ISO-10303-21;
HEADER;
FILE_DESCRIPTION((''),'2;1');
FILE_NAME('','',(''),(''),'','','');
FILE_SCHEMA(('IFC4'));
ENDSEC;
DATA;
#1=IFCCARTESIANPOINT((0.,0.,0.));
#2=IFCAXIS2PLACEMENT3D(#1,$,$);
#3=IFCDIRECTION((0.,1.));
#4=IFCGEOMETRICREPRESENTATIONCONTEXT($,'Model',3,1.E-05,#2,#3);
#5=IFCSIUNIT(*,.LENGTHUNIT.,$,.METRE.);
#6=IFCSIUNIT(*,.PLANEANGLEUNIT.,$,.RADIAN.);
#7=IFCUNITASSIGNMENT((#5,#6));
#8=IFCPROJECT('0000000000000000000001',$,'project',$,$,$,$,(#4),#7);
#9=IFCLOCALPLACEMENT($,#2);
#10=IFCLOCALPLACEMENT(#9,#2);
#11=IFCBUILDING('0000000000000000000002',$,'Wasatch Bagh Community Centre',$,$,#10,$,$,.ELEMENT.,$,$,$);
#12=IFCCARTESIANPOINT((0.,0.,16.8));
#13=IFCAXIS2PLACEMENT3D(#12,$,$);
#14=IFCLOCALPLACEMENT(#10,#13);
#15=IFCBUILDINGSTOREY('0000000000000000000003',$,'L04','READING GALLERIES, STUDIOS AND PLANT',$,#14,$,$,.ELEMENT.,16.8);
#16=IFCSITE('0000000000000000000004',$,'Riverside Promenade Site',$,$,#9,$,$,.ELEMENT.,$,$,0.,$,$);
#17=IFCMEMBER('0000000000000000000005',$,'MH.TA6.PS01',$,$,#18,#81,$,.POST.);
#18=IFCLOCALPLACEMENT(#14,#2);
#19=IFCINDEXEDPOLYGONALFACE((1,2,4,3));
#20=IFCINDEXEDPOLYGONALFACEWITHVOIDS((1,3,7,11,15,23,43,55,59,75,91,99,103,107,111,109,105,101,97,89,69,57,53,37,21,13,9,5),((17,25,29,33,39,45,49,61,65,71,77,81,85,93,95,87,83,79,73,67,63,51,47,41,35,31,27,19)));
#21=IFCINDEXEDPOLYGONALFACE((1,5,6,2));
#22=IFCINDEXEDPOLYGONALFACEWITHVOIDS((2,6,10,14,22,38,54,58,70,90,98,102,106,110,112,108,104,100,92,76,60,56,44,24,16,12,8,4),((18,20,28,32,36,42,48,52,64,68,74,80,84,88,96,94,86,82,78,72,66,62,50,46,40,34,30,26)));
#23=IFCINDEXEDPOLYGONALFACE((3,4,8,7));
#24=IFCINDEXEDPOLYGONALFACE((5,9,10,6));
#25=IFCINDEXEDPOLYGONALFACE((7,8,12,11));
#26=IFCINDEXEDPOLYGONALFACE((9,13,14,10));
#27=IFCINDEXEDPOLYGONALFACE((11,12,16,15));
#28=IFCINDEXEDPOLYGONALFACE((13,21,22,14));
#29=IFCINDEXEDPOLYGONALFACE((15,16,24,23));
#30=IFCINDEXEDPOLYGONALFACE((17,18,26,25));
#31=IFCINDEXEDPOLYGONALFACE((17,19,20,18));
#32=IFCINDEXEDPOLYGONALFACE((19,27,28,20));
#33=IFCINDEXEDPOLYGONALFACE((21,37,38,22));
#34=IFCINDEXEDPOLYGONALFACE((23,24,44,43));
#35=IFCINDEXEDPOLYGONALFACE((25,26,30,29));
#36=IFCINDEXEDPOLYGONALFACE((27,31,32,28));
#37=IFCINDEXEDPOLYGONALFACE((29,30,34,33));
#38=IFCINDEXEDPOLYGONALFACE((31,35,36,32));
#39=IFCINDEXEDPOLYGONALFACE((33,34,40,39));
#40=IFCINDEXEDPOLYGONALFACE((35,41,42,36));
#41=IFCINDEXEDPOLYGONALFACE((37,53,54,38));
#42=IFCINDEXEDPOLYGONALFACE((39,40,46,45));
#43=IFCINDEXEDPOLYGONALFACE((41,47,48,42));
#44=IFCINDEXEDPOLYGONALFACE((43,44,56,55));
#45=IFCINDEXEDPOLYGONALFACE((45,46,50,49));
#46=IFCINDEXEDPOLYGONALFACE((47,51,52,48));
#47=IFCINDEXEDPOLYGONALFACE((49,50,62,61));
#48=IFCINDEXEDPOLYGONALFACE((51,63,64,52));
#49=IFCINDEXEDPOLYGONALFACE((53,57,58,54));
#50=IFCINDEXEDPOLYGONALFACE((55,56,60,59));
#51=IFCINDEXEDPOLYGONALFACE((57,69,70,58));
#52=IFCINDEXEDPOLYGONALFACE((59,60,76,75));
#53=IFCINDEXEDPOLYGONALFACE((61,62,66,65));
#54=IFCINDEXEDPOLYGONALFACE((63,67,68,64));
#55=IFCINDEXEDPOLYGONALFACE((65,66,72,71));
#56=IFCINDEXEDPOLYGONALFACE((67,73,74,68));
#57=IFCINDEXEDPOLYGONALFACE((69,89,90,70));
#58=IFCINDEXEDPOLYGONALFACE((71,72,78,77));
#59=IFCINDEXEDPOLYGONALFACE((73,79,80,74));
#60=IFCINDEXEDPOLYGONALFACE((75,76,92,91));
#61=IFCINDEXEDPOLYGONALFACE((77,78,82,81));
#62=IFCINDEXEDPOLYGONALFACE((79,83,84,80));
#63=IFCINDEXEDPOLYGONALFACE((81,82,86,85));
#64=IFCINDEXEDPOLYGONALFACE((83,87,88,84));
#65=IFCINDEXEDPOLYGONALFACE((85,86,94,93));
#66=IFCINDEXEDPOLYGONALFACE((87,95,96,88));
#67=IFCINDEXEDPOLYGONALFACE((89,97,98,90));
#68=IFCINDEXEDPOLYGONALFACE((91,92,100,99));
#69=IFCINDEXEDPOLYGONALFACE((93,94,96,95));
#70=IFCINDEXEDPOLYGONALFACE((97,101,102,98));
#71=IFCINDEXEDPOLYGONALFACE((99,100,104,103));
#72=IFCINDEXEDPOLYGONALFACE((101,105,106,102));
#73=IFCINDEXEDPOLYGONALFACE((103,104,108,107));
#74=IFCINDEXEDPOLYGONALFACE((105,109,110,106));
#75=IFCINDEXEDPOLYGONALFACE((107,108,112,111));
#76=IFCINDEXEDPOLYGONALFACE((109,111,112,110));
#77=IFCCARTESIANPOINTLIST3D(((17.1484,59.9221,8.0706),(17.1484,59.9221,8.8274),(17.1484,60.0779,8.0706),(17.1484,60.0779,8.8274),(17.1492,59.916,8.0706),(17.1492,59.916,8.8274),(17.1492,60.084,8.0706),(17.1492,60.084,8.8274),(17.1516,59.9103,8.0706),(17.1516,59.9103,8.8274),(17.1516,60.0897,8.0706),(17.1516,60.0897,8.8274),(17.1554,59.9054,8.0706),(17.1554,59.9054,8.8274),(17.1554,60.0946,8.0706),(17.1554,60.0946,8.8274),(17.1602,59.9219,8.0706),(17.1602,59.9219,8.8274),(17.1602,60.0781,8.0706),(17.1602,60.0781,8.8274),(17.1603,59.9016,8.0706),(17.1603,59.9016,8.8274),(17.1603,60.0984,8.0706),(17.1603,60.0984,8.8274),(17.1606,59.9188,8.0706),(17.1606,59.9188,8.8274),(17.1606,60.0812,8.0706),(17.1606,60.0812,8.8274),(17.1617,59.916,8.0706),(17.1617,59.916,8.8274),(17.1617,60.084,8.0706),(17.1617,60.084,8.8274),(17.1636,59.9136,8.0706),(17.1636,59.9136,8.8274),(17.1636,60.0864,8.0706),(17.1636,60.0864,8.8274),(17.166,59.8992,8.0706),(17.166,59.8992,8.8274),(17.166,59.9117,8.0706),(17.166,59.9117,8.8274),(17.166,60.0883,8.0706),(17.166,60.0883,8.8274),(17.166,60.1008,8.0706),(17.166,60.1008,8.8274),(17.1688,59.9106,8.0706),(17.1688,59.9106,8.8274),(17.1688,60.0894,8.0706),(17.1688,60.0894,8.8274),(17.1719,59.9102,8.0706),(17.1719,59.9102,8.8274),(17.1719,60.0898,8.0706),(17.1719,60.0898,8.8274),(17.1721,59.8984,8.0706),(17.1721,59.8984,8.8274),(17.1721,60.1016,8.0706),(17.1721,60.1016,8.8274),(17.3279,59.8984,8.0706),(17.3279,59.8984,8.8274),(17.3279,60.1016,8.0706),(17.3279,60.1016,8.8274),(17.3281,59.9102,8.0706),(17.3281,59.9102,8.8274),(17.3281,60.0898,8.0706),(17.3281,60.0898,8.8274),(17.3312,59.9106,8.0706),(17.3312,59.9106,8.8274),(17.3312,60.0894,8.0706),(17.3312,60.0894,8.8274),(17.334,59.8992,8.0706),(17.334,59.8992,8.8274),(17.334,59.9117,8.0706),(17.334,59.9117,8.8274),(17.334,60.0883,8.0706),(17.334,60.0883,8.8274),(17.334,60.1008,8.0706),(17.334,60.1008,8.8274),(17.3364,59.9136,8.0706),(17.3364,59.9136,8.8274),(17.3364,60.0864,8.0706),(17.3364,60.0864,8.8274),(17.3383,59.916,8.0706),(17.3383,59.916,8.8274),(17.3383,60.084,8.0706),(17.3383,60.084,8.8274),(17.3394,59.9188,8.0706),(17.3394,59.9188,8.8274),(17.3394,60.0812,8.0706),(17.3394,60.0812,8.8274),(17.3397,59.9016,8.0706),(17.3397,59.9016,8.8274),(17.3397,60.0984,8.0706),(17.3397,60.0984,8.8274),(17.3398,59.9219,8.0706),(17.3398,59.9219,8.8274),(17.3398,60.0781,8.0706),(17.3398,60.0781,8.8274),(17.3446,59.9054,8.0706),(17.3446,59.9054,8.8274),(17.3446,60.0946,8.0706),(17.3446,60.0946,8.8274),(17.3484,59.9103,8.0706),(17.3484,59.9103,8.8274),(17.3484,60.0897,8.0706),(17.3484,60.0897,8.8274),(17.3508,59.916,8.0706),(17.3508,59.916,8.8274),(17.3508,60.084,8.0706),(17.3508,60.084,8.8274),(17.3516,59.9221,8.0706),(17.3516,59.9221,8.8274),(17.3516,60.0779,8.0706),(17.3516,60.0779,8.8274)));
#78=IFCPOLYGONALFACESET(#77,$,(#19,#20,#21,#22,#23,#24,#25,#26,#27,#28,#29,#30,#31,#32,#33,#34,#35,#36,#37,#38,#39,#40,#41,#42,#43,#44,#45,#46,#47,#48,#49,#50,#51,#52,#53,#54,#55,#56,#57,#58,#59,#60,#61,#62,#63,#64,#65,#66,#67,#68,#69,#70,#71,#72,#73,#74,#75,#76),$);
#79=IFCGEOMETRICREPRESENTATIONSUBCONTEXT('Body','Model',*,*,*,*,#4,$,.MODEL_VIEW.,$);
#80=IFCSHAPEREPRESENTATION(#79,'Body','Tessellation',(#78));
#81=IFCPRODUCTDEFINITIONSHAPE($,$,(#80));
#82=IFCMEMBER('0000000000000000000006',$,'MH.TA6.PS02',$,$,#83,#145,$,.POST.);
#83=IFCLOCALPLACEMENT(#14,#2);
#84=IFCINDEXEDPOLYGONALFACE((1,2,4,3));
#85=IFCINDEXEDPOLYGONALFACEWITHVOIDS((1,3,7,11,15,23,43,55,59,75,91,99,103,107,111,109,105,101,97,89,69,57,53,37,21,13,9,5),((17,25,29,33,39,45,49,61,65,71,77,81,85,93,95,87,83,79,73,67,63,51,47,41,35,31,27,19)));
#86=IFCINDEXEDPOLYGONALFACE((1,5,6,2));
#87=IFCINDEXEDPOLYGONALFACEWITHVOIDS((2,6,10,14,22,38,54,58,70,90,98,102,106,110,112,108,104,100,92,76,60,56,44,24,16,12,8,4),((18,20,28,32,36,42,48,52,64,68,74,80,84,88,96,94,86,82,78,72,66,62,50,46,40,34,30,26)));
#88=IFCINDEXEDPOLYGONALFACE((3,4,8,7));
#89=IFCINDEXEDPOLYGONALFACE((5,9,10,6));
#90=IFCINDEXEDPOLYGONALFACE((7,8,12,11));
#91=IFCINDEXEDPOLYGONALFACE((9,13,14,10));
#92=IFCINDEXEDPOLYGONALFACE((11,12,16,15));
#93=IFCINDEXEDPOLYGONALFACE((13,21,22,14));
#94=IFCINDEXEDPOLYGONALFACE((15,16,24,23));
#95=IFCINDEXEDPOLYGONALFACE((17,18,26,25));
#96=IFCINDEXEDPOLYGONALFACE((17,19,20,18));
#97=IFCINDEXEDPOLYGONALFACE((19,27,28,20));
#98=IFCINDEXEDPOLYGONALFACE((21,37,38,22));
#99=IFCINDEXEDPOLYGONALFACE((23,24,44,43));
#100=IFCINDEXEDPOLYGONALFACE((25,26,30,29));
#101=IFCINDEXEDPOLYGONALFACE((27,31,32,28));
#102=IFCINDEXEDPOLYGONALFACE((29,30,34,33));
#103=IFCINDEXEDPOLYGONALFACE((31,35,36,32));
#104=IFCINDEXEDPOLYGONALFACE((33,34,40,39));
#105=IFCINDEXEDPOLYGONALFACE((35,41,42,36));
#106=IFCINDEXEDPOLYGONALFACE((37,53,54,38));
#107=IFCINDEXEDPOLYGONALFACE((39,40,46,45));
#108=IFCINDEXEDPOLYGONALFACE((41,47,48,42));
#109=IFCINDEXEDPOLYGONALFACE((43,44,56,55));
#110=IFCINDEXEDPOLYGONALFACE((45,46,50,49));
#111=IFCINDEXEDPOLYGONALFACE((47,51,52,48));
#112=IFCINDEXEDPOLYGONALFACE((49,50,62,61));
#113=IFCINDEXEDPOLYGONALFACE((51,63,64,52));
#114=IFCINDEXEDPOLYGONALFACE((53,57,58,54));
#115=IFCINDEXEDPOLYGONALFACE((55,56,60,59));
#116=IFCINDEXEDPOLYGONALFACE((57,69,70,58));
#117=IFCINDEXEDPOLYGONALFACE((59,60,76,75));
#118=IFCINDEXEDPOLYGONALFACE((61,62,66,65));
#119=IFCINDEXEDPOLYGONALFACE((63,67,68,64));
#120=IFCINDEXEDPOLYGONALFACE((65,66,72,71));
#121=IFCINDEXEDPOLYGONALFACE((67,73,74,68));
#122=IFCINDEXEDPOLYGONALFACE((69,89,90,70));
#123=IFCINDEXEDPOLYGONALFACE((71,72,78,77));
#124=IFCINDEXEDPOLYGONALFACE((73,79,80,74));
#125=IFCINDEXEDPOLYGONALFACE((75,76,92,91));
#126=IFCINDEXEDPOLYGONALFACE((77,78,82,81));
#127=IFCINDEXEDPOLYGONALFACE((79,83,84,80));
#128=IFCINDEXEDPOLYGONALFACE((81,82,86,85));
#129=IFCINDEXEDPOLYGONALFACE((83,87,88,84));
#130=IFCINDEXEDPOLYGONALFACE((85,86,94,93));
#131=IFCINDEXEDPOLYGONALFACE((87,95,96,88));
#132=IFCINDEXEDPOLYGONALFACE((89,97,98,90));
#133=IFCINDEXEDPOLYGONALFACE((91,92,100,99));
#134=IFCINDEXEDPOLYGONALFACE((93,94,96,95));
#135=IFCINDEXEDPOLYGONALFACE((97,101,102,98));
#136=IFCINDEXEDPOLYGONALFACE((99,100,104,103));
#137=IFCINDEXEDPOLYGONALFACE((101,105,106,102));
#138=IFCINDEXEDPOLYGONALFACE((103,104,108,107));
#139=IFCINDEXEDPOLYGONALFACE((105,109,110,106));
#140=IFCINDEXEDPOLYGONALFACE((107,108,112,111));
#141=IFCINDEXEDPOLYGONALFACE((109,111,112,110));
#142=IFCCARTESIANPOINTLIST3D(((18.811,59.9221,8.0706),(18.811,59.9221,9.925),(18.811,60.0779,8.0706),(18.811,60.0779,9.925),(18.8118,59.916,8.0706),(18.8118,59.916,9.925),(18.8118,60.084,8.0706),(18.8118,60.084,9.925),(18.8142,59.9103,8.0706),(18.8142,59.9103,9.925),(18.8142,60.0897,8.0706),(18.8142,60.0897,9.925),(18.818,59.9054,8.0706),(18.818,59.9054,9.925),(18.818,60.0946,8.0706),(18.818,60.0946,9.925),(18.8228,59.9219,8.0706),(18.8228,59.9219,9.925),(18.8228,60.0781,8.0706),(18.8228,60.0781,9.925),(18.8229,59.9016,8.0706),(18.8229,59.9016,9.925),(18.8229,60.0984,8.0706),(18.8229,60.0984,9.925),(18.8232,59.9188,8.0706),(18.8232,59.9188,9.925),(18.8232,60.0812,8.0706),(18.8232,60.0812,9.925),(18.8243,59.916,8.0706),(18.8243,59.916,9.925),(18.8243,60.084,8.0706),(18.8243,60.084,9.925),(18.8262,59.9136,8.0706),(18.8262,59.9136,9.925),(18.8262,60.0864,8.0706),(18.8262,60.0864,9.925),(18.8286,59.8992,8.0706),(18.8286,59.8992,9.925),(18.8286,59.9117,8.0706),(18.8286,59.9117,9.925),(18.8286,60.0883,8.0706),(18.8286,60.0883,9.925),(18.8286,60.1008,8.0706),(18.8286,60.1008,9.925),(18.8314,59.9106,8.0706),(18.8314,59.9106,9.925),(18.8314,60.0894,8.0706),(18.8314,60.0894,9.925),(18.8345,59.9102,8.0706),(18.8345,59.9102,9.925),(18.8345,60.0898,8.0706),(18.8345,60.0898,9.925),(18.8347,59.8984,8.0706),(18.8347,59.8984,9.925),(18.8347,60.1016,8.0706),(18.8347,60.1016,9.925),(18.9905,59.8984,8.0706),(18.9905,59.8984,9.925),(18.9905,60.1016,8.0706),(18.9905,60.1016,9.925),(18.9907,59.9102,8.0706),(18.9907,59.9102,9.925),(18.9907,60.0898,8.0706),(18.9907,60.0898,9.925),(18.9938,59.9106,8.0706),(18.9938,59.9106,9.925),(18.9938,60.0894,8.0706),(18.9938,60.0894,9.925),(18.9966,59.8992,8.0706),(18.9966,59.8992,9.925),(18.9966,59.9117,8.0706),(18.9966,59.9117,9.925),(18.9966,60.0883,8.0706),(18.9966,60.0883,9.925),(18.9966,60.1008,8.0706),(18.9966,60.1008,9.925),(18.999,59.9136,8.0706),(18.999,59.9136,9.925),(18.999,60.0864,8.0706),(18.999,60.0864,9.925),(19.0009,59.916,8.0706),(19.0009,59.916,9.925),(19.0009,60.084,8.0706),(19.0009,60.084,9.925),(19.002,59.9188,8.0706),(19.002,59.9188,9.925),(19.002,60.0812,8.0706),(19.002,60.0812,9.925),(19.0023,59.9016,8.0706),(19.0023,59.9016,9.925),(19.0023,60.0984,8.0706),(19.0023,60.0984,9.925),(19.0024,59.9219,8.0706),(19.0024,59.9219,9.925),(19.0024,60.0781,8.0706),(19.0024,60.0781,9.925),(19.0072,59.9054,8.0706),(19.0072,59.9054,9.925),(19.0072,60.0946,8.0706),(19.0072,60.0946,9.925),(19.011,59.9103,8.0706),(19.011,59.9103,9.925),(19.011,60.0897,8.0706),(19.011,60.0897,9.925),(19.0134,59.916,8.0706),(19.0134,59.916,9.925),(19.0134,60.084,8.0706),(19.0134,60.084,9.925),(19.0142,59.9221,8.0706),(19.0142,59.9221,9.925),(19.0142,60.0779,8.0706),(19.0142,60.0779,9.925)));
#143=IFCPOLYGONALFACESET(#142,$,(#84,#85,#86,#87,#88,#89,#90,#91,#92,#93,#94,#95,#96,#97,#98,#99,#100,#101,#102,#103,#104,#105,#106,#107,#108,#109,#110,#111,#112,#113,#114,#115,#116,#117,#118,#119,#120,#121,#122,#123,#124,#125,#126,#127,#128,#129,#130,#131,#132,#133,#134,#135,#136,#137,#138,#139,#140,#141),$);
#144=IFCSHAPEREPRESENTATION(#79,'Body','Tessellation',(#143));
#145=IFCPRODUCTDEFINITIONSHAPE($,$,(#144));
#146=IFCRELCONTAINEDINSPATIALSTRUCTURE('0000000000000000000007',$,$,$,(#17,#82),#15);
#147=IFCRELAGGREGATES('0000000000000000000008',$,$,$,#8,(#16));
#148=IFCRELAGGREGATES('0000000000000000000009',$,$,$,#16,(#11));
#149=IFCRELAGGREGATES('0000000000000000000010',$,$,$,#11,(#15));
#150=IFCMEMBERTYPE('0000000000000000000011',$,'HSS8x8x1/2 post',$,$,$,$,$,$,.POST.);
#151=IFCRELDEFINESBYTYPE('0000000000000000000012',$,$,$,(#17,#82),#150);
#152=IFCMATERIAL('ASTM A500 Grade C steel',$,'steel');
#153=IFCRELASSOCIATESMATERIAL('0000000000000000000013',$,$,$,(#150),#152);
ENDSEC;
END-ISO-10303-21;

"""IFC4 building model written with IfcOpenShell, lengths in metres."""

from ifc_helpers import new_model, si_unit, direction, frame, origin, origin_2d, place, context, subcontext, project, spatial, hollow_rectangle, extrude, material, material_profile, profile_set, type_object, element, save


model = new_model("IFC4")

# Units and contexts
model_context = context("Model", 3, precision=1e-05, world=origin(), true_north=direction((0.0, 1.0)))
body_context = subcontext(model_context, "Body", "Model", "MODEL_VIEW")
ifc_project = project(units=[si_unit("LENGTHUNIT", "METRE"), si_unit("PLANEANGLEUNIT", "RADIAN")], contexts=[model_context])

# Site, building, storey
site_placement = place(None, origin())
site = spatial("IfcSite", under=ifc_project, at=site_placement, Name="Riverside Promenade Site", CompositionType="ELEMENT", RefElevation=0.0)
building_placement = place(site_placement, origin())
building = spatial("IfcBuilding", under=site, at=building_placement, Name="Wasatch Bagh Community Centre", CompositionType="ELEMENT")
storey_placement = place(building_placement, frame((0.0, 0.0, 16.8)))
storey = spatial("IfcBuildingStorey", under=building, at=storey_placement, Name="L04", Description="READING GALLERIES, STUDIOS AND PLANT", CompositionType="ELEMENT", Elevation=16.8)

# Members
ifc_material_1 = material(Name="ASTM A500 Grade C steel", Category="steel")
ifc_material_profile_1 = material_profile(ifc_material_1, hollow_rectangle(XDim=0.2031, YDim=0.2031, WallThickness=0.0117, InnerFilletRadius=0.0117, OuterFilletRadius=0.0237, at=origin_2d()), Name="HSS8x8x1/2")
ifc_profile_set_1 = profile_set([ifc_material_profile_1], Name="ASTM A500 Grade C steel")
member_type_1 = type_object("IfcMemberType", Name="HSS8x8x1/2 post", PredefinedType="POST", material=ifc_profile_set_1)
member_1_placement = place(storey_placement, frame((17.25, 60.0, 8.0706), z_axis=(0.0, 0.0, 1.0), x_axis=(1.0, 0.0, 0.0)))
element("IfcMember", 1, at=member_1_placement, inside=storey, type_object=member_type_1, Name="MH.TA6.PS01", PredefinedType="POST", context=body_context, shape_type="SweptSolid", body=[
    extrude(hollow_rectangle(XDim=0.2031, YDim=0.2031, WallThickness=0.0117, InnerFilletRadius=0.0117, OuterFilletRadius=0.0237, at=origin_2d()), origin(), (0.0, 0.0, 1.0), 0.7568),
])
member_2_placement = place(storey_placement, frame((18.9126, 60.0, 8.0706), z_axis=(0.0, 0.0, 1.0), x_axis=(1.0, 0.0, 0.0)))
element("IfcMember", 2, at=member_2_placement, inside=storey, type_object=member_type_1, Name="MH.TA6.PS02", PredefinedType="POST", context=body_context, shape_type="SweptSolid", body=[
    extrude(hollow_rectangle(XDim=0.2031, YDim=0.2031, WallThickness=0.0117, InnerFilletRadius=0.0117, OuterFilletRadius=0.0237, at=origin_2d()), origin(), (0.0, 0.0, 1.0), 1.8545),
])

save(model, "model.ifc")
